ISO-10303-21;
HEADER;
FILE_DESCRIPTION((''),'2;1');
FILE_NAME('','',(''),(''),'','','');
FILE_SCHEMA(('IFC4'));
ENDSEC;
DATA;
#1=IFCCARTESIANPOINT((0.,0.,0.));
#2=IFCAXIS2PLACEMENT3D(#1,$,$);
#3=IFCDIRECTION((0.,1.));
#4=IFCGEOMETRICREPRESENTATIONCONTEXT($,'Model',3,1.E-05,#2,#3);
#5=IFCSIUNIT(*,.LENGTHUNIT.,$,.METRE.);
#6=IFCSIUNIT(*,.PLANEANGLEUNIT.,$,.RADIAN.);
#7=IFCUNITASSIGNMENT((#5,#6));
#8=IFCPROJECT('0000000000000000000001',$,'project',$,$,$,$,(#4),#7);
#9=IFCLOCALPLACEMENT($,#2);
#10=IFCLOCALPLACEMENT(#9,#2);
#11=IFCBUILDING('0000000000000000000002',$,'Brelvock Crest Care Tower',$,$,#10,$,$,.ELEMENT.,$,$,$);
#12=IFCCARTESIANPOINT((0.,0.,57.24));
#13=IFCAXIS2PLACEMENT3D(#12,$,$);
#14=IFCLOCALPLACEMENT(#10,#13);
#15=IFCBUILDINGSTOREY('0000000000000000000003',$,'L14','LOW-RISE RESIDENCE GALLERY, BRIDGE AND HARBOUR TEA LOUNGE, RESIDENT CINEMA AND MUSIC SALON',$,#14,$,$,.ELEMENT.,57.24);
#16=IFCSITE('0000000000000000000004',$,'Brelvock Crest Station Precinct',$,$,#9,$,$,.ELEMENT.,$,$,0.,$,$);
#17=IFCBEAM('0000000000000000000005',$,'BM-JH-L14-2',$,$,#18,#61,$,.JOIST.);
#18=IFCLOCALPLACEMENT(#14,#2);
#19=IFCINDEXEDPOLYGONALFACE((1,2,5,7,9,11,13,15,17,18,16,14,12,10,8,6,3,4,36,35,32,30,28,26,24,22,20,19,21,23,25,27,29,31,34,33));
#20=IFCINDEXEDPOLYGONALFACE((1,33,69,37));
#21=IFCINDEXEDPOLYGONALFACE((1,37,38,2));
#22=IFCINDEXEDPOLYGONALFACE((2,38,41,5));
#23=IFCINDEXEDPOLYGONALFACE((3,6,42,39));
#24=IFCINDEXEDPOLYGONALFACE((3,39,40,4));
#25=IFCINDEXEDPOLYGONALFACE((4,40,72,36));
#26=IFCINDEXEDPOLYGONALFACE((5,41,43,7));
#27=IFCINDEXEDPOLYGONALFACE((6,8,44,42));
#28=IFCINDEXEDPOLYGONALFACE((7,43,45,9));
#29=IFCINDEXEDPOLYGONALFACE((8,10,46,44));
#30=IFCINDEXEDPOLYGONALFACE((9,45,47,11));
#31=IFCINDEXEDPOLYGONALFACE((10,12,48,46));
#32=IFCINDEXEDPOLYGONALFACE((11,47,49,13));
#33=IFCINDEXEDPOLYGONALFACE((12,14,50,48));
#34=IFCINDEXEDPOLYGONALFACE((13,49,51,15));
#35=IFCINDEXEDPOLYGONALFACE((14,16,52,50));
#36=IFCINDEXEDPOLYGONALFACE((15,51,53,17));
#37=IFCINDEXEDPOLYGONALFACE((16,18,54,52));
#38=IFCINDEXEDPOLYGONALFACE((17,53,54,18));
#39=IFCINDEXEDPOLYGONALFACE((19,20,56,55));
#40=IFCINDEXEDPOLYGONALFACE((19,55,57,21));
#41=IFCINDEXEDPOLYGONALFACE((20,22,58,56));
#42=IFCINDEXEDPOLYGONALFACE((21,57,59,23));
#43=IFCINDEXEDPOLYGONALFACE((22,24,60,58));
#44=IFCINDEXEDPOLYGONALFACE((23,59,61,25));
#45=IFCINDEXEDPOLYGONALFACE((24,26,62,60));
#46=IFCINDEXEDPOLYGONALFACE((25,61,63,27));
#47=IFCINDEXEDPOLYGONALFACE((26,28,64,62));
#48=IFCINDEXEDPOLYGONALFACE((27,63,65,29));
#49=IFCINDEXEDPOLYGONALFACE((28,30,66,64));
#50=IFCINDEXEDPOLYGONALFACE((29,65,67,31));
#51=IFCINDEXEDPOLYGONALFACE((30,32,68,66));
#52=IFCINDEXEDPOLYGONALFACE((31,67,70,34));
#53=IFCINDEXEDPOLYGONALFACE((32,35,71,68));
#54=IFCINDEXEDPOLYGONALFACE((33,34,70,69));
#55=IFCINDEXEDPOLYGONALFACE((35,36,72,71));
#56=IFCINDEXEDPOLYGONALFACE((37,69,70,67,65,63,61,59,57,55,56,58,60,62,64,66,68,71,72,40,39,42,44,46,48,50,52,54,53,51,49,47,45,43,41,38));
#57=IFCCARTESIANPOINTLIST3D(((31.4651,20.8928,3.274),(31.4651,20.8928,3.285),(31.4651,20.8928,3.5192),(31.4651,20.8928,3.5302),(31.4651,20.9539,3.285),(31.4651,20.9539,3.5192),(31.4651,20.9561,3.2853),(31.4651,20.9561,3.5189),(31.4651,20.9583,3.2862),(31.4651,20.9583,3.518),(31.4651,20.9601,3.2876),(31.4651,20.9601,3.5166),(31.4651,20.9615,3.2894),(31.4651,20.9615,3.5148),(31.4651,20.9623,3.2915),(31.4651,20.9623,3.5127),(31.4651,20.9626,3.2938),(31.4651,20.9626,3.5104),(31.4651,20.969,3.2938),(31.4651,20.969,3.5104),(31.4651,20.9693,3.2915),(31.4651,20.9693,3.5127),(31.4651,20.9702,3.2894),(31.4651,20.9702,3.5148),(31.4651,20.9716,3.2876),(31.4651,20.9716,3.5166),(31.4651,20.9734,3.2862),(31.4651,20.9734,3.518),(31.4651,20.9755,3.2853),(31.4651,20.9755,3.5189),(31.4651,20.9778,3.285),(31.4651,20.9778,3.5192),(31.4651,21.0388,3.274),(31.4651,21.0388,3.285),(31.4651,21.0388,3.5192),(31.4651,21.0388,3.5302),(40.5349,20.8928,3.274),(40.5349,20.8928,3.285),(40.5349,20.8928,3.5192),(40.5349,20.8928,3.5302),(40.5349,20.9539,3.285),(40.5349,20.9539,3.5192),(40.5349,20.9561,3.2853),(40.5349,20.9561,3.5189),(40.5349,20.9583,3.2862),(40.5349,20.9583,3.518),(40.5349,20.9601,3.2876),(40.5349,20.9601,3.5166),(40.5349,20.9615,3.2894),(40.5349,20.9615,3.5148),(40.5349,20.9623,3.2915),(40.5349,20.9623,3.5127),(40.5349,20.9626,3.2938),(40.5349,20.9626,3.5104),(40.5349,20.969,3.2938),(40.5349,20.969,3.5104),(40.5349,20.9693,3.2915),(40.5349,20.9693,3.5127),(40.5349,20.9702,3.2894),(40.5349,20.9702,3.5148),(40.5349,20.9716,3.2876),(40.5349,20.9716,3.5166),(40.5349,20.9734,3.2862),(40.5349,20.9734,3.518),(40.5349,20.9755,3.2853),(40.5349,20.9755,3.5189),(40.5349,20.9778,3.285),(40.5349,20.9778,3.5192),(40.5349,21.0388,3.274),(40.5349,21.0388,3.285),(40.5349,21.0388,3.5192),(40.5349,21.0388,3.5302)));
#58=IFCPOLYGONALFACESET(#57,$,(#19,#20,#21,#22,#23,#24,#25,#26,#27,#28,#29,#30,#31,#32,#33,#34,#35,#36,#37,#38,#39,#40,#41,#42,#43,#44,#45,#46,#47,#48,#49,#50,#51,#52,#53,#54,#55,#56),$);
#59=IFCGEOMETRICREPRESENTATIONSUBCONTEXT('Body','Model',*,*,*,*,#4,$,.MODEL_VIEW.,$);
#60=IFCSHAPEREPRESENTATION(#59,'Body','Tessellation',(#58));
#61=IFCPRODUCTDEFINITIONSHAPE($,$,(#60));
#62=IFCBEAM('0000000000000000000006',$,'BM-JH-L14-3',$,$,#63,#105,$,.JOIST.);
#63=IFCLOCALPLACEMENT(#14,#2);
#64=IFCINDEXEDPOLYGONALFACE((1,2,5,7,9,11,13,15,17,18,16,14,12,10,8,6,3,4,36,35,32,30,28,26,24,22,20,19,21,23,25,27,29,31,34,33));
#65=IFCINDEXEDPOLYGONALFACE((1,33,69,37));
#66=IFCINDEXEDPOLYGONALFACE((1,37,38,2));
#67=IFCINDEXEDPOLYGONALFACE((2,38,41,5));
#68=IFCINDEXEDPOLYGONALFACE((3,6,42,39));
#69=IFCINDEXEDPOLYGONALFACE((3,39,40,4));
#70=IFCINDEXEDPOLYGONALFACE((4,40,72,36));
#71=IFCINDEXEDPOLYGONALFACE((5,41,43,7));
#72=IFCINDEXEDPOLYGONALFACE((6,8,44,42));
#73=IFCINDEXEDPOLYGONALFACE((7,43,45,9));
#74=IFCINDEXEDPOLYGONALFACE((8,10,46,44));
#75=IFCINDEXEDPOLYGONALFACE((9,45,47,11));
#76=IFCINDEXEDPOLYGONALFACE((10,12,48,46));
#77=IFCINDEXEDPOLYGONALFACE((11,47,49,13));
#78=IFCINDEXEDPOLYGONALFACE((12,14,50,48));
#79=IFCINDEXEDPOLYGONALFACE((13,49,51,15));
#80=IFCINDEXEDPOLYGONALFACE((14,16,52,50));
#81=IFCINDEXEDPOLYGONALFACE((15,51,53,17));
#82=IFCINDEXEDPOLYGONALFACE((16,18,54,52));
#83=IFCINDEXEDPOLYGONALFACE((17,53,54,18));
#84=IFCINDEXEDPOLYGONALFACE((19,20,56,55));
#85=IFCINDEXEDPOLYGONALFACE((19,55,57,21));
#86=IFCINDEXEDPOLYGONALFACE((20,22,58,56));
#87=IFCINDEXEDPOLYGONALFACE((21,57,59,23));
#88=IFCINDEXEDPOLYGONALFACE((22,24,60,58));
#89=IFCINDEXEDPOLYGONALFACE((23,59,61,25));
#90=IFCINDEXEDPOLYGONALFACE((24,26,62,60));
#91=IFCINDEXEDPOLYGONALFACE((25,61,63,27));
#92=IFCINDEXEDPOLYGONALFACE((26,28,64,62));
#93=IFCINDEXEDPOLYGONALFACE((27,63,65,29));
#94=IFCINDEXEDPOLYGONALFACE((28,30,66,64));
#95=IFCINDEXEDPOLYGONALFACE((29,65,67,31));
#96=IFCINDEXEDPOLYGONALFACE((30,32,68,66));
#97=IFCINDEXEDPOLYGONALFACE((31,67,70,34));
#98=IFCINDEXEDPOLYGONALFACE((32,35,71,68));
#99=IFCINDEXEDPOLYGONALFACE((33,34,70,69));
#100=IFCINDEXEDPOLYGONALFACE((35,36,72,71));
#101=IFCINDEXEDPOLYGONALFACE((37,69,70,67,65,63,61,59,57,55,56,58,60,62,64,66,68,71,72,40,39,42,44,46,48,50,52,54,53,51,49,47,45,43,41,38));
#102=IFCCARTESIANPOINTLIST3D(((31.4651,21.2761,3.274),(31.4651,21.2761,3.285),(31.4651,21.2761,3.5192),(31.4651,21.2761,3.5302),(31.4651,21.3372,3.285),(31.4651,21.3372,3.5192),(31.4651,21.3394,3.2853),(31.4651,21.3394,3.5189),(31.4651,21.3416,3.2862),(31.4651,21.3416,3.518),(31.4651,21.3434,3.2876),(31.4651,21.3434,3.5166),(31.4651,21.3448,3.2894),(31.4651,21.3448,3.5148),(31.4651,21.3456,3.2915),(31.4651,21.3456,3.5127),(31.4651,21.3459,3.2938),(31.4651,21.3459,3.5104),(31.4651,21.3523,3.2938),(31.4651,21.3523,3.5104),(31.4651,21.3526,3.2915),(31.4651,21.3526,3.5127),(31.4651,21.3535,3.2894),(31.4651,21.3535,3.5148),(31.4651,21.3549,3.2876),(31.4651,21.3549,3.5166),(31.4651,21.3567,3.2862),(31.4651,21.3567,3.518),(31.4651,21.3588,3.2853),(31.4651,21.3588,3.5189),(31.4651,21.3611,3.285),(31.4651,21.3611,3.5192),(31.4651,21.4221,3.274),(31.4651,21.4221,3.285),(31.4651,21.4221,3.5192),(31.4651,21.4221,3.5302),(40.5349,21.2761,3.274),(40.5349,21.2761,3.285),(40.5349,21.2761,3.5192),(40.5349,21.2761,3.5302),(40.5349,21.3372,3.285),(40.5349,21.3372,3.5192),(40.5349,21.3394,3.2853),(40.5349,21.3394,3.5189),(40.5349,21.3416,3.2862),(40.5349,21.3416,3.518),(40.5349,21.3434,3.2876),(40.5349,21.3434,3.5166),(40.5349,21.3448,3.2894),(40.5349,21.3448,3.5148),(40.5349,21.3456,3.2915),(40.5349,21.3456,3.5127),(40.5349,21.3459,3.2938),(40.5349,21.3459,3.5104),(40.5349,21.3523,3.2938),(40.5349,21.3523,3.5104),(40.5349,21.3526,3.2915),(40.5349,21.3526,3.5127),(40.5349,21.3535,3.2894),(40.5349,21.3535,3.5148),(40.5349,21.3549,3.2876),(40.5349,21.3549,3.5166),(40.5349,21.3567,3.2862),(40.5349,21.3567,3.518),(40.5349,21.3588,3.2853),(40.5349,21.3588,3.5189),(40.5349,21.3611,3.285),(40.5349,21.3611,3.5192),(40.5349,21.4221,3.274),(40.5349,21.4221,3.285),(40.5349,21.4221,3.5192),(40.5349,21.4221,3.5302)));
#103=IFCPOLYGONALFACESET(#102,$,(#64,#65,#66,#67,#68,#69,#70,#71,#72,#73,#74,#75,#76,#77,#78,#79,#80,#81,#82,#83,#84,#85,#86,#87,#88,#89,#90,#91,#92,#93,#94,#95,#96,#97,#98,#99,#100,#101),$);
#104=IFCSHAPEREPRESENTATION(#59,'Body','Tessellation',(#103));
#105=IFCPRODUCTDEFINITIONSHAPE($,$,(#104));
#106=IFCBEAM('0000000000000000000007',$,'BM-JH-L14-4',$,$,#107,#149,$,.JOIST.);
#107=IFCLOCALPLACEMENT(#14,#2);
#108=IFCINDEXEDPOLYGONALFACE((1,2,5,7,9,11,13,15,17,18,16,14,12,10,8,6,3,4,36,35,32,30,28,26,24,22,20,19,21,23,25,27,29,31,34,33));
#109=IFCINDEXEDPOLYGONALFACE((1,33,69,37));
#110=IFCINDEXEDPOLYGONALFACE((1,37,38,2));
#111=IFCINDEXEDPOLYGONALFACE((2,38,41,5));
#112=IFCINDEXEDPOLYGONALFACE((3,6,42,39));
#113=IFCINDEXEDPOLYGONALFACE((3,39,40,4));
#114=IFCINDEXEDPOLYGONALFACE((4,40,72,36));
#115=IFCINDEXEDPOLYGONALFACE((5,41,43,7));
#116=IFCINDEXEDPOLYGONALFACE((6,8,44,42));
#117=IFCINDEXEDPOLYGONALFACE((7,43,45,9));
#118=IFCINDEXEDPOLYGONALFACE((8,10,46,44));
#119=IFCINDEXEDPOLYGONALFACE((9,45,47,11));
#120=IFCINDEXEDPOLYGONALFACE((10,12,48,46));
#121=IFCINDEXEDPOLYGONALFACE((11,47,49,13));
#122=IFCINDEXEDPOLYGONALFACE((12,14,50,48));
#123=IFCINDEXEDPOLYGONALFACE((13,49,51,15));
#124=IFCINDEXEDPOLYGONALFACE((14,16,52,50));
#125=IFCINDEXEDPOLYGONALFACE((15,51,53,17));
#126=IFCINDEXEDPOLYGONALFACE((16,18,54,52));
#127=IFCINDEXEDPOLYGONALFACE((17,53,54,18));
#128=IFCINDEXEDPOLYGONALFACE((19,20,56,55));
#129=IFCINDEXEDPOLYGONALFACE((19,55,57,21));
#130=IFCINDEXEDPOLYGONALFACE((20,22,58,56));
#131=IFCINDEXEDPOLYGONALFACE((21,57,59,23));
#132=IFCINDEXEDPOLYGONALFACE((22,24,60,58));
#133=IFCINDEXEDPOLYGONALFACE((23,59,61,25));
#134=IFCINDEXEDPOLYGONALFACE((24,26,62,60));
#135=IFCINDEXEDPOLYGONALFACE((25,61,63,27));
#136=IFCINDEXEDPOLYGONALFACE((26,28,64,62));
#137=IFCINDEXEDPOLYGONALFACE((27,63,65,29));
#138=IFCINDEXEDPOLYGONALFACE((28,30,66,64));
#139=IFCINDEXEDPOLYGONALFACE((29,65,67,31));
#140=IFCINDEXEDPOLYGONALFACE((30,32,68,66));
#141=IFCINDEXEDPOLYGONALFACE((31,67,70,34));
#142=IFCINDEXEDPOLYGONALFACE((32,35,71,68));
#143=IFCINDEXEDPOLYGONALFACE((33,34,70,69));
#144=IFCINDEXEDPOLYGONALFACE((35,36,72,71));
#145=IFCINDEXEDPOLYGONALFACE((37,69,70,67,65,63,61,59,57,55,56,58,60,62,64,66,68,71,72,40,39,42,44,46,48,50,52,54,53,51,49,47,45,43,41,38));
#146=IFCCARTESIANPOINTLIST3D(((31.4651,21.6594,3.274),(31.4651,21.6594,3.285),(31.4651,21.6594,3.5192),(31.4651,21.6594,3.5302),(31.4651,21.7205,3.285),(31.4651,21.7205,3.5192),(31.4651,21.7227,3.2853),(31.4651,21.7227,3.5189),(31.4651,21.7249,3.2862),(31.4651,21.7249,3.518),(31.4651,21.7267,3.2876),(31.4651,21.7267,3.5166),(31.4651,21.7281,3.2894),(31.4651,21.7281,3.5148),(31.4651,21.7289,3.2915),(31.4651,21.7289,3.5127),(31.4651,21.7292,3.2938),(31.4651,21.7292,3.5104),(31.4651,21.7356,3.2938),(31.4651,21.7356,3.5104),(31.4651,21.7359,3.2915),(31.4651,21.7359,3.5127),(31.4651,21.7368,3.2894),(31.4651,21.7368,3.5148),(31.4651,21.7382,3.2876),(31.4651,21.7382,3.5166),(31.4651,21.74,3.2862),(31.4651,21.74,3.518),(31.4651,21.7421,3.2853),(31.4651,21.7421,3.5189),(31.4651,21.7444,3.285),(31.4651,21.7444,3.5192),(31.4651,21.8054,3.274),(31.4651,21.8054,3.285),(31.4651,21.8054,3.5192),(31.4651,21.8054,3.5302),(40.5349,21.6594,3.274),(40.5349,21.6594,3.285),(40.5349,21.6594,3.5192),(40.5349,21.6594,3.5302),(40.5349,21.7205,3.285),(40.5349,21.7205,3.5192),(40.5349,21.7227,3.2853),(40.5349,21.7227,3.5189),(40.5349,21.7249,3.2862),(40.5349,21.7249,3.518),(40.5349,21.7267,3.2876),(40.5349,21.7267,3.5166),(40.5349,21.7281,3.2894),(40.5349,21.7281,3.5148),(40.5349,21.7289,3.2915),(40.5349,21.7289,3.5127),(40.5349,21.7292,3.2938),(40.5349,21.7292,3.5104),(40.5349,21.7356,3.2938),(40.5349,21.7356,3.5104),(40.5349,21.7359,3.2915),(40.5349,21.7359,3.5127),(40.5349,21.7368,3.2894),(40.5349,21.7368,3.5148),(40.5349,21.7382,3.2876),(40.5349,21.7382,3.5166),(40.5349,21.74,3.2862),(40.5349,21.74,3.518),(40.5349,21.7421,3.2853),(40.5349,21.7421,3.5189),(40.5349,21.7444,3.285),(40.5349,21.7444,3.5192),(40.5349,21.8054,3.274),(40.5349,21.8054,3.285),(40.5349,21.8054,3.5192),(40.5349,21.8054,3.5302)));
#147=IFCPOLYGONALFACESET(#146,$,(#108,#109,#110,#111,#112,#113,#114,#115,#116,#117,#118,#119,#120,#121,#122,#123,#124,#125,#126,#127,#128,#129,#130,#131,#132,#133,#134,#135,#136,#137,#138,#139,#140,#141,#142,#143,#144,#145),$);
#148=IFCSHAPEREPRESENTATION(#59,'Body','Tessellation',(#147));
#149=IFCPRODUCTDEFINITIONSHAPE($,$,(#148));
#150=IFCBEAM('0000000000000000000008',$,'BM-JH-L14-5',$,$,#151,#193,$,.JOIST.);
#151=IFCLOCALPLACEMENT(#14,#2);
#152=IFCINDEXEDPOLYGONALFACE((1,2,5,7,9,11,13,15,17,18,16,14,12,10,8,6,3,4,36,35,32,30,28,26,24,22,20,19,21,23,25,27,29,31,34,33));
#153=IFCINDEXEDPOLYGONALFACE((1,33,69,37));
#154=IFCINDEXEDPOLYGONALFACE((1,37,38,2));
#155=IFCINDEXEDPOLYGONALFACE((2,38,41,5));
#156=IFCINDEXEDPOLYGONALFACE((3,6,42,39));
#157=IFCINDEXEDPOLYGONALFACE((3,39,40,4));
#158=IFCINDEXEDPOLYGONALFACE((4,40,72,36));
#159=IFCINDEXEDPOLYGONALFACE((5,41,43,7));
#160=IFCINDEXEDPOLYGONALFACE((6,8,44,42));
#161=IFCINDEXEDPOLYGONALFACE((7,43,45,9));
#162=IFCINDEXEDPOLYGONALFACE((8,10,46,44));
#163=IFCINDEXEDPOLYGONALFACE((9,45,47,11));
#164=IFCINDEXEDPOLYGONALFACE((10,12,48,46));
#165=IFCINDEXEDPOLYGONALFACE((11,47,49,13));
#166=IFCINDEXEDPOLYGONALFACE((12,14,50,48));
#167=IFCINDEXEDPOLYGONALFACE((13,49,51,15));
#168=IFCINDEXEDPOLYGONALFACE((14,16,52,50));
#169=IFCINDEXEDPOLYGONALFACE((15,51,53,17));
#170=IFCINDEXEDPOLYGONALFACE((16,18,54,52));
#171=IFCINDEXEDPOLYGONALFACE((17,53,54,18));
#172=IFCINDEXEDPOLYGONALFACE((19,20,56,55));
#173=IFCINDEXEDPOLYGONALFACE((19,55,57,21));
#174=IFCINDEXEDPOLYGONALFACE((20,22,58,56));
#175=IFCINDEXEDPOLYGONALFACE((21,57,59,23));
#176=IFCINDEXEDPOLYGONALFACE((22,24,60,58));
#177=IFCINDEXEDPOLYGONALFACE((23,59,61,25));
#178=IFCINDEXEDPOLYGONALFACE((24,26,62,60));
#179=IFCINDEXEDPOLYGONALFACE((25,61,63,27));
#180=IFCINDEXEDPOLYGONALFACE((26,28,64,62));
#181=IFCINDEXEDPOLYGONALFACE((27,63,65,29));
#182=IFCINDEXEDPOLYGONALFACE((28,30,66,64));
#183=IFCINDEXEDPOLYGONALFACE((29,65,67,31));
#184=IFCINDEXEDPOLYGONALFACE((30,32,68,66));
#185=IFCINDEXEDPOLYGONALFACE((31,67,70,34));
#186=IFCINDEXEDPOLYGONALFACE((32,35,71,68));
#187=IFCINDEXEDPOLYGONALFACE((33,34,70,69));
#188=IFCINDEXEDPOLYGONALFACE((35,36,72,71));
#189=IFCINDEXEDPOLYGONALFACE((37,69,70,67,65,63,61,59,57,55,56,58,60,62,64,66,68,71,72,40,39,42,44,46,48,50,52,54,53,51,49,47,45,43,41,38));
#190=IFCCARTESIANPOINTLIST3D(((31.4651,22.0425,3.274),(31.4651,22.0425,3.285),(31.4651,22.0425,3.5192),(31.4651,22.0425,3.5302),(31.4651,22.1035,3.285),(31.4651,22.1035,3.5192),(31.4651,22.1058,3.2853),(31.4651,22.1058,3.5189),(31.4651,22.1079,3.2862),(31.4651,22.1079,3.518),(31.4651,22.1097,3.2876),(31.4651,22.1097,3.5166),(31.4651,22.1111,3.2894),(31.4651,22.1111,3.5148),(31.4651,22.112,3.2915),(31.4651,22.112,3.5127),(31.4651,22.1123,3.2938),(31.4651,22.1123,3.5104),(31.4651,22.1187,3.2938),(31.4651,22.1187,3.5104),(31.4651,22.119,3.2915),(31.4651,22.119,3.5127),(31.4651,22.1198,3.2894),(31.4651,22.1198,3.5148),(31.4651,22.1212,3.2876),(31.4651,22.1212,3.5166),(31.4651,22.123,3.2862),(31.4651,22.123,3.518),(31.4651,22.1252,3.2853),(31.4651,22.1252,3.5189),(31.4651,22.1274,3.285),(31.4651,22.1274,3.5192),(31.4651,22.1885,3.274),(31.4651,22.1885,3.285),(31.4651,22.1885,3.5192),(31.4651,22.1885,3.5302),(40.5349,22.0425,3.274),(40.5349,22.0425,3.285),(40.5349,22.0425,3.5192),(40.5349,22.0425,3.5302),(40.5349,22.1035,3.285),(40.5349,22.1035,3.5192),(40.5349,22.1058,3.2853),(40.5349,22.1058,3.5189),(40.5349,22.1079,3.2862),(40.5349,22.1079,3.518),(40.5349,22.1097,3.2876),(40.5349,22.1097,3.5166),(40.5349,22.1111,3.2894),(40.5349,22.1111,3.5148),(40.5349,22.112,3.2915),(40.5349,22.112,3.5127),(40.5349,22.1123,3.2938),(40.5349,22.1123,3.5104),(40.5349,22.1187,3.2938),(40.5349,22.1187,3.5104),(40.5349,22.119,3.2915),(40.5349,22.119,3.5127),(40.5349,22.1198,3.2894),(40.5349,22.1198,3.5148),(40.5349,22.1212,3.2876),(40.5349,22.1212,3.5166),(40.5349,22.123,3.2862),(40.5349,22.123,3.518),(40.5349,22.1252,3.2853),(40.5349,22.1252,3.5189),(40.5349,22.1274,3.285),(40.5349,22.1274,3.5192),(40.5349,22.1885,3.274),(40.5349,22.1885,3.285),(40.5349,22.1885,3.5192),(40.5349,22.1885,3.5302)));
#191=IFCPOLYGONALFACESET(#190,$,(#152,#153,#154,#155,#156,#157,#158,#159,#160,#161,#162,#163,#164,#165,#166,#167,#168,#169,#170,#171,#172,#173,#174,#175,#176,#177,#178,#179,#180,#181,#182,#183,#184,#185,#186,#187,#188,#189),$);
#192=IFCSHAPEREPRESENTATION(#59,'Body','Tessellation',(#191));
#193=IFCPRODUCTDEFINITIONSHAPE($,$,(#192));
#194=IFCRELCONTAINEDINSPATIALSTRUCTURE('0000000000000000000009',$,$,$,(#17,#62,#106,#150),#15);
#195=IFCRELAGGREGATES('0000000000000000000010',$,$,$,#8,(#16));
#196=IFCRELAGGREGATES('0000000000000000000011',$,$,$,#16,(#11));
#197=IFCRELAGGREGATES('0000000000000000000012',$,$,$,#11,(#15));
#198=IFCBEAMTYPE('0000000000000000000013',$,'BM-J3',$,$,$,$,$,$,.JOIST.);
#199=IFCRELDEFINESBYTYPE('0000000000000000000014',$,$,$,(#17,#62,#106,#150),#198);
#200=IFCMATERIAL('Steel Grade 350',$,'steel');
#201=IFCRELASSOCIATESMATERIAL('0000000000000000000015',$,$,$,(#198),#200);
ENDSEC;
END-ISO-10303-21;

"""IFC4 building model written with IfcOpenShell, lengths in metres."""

from ifc_helpers import new_model, si_unit, direction, frame, origin, origin_2d, place, context, subcontext, project, spatial, i_section, extrude, source, transform, mapped, material, material_profile, profile_set, type_object, element, save


model = new_model("IFC4")

# Units and contexts
model_context = context("Model", 3, precision=1e-05, world=origin(), true_north=direction((0.0, 1.0)))
body_context = subcontext(model_context, "Body", "Model", "MODEL_VIEW")
ifc_project = project(units=[si_unit("LENGTHUNIT", "METRE"), si_unit("PLANEANGLEUNIT", "RADIAN")], contexts=[model_context])

# Site, building, storey
site_placement = place(None, origin())
site = spatial("IfcSite", under=ifc_project, at=site_placement, Name="Brelvock Crest Station Precinct", CompositionType="ELEMENT", RefElevation=0.0)
building_placement = place(site_placement, origin())
building = spatial("IfcBuilding", under=site, at=building_placement, Name="Brelvock Crest Care Tower", CompositionType="ELEMENT")
storey_placement = place(building_placement, frame((0.0, 0.0, 57.24)))
storey = spatial("IfcBuildingStorey", under=building, at=storey_placement, Name="L14", Description="LOW-RISE RESIDENCE GALLERY, BRIDGE AND HARBOUR TEA LOUNGE, RESIDENT CINEMA AND MUSIC SALON", CompositionType="ELEMENT", Elevation=57.24)

# Shared definitions
ifc_material_1 = material(Name="Steel Grade 350", Category="steel")

# Beams
ifc_material_profile_1 = material_profile(ifc_material_1, i_section(OverallWidth=0.146, OverallDepth=0.2561, WebThickness=0.0063, FlangeThickness=0.011, FilletRadius=0.0088, at=origin_2d()), Name="250UB37.3")
ifc_profile_set_1 = profile_set([ifc_material_profile_1], Name="Steel Grade 350")
beam_type_1 = type_object("IfcBeamType", Name="BM-J3", PredefinedType="JOIST", material=ifc_profile_set_1)
shared_shape_1 = source(origin(), body_context, "Body", "SweptSolid", [
    extrude(i_section(OverallWidth=0.146, OverallDepth=0.2561, WebThickness=0.0063, FlangeThickness=0.011, FilletRadius=0.0088, at=origin_2d()), origin(), (0.0, 0.0, 1.0), 9.0698),
])
for number, where, z_axis, x_axis, name in (
    (1, (31.4651, 20.9658, 3.4021), (1.0, 0.0, 0.0), (0.0, 1.0, 0.0), "BM-JH-L14-2"),
    (2, (31.4651, 21.3491, 3.4021), (1.0, 0.0, 0.0), (0.0, 1.0, 0.0), "BM-JH-L14-3"),
    (3, (31.4651, 21.7324, 3.4021), (1.0, 0.0, 0.0), (0.0, 1.0, 0.0), "BM-JH-L14-4"),
    (4, (31.4651, 22.1155, 3.4021), (1.0, 0.0, 0.0), (0.0, 1.0, 0.0), "BM-JH-L14-5"),
):
    element("IfcBeam", number, at=place(storey_placement, frame(where, z_axis=z_axis, x_axis=x_axis)), inside=storey, type_object=beam_type_1, Name=name, PredefinedType="JOIST", context=body_context, shape_type="MappedRepresentation", body=[
        mapped(shared_shape_1, transform((0.0, 0.0, 0.0), x_axis=(1.0, 0.0, 0.0), y_axis=(0.0, 1.0, 0.0), z_axis=(0.0, 0.0, 1.0), scale=1.0)),
    ])

save(model, "model.ifc")
